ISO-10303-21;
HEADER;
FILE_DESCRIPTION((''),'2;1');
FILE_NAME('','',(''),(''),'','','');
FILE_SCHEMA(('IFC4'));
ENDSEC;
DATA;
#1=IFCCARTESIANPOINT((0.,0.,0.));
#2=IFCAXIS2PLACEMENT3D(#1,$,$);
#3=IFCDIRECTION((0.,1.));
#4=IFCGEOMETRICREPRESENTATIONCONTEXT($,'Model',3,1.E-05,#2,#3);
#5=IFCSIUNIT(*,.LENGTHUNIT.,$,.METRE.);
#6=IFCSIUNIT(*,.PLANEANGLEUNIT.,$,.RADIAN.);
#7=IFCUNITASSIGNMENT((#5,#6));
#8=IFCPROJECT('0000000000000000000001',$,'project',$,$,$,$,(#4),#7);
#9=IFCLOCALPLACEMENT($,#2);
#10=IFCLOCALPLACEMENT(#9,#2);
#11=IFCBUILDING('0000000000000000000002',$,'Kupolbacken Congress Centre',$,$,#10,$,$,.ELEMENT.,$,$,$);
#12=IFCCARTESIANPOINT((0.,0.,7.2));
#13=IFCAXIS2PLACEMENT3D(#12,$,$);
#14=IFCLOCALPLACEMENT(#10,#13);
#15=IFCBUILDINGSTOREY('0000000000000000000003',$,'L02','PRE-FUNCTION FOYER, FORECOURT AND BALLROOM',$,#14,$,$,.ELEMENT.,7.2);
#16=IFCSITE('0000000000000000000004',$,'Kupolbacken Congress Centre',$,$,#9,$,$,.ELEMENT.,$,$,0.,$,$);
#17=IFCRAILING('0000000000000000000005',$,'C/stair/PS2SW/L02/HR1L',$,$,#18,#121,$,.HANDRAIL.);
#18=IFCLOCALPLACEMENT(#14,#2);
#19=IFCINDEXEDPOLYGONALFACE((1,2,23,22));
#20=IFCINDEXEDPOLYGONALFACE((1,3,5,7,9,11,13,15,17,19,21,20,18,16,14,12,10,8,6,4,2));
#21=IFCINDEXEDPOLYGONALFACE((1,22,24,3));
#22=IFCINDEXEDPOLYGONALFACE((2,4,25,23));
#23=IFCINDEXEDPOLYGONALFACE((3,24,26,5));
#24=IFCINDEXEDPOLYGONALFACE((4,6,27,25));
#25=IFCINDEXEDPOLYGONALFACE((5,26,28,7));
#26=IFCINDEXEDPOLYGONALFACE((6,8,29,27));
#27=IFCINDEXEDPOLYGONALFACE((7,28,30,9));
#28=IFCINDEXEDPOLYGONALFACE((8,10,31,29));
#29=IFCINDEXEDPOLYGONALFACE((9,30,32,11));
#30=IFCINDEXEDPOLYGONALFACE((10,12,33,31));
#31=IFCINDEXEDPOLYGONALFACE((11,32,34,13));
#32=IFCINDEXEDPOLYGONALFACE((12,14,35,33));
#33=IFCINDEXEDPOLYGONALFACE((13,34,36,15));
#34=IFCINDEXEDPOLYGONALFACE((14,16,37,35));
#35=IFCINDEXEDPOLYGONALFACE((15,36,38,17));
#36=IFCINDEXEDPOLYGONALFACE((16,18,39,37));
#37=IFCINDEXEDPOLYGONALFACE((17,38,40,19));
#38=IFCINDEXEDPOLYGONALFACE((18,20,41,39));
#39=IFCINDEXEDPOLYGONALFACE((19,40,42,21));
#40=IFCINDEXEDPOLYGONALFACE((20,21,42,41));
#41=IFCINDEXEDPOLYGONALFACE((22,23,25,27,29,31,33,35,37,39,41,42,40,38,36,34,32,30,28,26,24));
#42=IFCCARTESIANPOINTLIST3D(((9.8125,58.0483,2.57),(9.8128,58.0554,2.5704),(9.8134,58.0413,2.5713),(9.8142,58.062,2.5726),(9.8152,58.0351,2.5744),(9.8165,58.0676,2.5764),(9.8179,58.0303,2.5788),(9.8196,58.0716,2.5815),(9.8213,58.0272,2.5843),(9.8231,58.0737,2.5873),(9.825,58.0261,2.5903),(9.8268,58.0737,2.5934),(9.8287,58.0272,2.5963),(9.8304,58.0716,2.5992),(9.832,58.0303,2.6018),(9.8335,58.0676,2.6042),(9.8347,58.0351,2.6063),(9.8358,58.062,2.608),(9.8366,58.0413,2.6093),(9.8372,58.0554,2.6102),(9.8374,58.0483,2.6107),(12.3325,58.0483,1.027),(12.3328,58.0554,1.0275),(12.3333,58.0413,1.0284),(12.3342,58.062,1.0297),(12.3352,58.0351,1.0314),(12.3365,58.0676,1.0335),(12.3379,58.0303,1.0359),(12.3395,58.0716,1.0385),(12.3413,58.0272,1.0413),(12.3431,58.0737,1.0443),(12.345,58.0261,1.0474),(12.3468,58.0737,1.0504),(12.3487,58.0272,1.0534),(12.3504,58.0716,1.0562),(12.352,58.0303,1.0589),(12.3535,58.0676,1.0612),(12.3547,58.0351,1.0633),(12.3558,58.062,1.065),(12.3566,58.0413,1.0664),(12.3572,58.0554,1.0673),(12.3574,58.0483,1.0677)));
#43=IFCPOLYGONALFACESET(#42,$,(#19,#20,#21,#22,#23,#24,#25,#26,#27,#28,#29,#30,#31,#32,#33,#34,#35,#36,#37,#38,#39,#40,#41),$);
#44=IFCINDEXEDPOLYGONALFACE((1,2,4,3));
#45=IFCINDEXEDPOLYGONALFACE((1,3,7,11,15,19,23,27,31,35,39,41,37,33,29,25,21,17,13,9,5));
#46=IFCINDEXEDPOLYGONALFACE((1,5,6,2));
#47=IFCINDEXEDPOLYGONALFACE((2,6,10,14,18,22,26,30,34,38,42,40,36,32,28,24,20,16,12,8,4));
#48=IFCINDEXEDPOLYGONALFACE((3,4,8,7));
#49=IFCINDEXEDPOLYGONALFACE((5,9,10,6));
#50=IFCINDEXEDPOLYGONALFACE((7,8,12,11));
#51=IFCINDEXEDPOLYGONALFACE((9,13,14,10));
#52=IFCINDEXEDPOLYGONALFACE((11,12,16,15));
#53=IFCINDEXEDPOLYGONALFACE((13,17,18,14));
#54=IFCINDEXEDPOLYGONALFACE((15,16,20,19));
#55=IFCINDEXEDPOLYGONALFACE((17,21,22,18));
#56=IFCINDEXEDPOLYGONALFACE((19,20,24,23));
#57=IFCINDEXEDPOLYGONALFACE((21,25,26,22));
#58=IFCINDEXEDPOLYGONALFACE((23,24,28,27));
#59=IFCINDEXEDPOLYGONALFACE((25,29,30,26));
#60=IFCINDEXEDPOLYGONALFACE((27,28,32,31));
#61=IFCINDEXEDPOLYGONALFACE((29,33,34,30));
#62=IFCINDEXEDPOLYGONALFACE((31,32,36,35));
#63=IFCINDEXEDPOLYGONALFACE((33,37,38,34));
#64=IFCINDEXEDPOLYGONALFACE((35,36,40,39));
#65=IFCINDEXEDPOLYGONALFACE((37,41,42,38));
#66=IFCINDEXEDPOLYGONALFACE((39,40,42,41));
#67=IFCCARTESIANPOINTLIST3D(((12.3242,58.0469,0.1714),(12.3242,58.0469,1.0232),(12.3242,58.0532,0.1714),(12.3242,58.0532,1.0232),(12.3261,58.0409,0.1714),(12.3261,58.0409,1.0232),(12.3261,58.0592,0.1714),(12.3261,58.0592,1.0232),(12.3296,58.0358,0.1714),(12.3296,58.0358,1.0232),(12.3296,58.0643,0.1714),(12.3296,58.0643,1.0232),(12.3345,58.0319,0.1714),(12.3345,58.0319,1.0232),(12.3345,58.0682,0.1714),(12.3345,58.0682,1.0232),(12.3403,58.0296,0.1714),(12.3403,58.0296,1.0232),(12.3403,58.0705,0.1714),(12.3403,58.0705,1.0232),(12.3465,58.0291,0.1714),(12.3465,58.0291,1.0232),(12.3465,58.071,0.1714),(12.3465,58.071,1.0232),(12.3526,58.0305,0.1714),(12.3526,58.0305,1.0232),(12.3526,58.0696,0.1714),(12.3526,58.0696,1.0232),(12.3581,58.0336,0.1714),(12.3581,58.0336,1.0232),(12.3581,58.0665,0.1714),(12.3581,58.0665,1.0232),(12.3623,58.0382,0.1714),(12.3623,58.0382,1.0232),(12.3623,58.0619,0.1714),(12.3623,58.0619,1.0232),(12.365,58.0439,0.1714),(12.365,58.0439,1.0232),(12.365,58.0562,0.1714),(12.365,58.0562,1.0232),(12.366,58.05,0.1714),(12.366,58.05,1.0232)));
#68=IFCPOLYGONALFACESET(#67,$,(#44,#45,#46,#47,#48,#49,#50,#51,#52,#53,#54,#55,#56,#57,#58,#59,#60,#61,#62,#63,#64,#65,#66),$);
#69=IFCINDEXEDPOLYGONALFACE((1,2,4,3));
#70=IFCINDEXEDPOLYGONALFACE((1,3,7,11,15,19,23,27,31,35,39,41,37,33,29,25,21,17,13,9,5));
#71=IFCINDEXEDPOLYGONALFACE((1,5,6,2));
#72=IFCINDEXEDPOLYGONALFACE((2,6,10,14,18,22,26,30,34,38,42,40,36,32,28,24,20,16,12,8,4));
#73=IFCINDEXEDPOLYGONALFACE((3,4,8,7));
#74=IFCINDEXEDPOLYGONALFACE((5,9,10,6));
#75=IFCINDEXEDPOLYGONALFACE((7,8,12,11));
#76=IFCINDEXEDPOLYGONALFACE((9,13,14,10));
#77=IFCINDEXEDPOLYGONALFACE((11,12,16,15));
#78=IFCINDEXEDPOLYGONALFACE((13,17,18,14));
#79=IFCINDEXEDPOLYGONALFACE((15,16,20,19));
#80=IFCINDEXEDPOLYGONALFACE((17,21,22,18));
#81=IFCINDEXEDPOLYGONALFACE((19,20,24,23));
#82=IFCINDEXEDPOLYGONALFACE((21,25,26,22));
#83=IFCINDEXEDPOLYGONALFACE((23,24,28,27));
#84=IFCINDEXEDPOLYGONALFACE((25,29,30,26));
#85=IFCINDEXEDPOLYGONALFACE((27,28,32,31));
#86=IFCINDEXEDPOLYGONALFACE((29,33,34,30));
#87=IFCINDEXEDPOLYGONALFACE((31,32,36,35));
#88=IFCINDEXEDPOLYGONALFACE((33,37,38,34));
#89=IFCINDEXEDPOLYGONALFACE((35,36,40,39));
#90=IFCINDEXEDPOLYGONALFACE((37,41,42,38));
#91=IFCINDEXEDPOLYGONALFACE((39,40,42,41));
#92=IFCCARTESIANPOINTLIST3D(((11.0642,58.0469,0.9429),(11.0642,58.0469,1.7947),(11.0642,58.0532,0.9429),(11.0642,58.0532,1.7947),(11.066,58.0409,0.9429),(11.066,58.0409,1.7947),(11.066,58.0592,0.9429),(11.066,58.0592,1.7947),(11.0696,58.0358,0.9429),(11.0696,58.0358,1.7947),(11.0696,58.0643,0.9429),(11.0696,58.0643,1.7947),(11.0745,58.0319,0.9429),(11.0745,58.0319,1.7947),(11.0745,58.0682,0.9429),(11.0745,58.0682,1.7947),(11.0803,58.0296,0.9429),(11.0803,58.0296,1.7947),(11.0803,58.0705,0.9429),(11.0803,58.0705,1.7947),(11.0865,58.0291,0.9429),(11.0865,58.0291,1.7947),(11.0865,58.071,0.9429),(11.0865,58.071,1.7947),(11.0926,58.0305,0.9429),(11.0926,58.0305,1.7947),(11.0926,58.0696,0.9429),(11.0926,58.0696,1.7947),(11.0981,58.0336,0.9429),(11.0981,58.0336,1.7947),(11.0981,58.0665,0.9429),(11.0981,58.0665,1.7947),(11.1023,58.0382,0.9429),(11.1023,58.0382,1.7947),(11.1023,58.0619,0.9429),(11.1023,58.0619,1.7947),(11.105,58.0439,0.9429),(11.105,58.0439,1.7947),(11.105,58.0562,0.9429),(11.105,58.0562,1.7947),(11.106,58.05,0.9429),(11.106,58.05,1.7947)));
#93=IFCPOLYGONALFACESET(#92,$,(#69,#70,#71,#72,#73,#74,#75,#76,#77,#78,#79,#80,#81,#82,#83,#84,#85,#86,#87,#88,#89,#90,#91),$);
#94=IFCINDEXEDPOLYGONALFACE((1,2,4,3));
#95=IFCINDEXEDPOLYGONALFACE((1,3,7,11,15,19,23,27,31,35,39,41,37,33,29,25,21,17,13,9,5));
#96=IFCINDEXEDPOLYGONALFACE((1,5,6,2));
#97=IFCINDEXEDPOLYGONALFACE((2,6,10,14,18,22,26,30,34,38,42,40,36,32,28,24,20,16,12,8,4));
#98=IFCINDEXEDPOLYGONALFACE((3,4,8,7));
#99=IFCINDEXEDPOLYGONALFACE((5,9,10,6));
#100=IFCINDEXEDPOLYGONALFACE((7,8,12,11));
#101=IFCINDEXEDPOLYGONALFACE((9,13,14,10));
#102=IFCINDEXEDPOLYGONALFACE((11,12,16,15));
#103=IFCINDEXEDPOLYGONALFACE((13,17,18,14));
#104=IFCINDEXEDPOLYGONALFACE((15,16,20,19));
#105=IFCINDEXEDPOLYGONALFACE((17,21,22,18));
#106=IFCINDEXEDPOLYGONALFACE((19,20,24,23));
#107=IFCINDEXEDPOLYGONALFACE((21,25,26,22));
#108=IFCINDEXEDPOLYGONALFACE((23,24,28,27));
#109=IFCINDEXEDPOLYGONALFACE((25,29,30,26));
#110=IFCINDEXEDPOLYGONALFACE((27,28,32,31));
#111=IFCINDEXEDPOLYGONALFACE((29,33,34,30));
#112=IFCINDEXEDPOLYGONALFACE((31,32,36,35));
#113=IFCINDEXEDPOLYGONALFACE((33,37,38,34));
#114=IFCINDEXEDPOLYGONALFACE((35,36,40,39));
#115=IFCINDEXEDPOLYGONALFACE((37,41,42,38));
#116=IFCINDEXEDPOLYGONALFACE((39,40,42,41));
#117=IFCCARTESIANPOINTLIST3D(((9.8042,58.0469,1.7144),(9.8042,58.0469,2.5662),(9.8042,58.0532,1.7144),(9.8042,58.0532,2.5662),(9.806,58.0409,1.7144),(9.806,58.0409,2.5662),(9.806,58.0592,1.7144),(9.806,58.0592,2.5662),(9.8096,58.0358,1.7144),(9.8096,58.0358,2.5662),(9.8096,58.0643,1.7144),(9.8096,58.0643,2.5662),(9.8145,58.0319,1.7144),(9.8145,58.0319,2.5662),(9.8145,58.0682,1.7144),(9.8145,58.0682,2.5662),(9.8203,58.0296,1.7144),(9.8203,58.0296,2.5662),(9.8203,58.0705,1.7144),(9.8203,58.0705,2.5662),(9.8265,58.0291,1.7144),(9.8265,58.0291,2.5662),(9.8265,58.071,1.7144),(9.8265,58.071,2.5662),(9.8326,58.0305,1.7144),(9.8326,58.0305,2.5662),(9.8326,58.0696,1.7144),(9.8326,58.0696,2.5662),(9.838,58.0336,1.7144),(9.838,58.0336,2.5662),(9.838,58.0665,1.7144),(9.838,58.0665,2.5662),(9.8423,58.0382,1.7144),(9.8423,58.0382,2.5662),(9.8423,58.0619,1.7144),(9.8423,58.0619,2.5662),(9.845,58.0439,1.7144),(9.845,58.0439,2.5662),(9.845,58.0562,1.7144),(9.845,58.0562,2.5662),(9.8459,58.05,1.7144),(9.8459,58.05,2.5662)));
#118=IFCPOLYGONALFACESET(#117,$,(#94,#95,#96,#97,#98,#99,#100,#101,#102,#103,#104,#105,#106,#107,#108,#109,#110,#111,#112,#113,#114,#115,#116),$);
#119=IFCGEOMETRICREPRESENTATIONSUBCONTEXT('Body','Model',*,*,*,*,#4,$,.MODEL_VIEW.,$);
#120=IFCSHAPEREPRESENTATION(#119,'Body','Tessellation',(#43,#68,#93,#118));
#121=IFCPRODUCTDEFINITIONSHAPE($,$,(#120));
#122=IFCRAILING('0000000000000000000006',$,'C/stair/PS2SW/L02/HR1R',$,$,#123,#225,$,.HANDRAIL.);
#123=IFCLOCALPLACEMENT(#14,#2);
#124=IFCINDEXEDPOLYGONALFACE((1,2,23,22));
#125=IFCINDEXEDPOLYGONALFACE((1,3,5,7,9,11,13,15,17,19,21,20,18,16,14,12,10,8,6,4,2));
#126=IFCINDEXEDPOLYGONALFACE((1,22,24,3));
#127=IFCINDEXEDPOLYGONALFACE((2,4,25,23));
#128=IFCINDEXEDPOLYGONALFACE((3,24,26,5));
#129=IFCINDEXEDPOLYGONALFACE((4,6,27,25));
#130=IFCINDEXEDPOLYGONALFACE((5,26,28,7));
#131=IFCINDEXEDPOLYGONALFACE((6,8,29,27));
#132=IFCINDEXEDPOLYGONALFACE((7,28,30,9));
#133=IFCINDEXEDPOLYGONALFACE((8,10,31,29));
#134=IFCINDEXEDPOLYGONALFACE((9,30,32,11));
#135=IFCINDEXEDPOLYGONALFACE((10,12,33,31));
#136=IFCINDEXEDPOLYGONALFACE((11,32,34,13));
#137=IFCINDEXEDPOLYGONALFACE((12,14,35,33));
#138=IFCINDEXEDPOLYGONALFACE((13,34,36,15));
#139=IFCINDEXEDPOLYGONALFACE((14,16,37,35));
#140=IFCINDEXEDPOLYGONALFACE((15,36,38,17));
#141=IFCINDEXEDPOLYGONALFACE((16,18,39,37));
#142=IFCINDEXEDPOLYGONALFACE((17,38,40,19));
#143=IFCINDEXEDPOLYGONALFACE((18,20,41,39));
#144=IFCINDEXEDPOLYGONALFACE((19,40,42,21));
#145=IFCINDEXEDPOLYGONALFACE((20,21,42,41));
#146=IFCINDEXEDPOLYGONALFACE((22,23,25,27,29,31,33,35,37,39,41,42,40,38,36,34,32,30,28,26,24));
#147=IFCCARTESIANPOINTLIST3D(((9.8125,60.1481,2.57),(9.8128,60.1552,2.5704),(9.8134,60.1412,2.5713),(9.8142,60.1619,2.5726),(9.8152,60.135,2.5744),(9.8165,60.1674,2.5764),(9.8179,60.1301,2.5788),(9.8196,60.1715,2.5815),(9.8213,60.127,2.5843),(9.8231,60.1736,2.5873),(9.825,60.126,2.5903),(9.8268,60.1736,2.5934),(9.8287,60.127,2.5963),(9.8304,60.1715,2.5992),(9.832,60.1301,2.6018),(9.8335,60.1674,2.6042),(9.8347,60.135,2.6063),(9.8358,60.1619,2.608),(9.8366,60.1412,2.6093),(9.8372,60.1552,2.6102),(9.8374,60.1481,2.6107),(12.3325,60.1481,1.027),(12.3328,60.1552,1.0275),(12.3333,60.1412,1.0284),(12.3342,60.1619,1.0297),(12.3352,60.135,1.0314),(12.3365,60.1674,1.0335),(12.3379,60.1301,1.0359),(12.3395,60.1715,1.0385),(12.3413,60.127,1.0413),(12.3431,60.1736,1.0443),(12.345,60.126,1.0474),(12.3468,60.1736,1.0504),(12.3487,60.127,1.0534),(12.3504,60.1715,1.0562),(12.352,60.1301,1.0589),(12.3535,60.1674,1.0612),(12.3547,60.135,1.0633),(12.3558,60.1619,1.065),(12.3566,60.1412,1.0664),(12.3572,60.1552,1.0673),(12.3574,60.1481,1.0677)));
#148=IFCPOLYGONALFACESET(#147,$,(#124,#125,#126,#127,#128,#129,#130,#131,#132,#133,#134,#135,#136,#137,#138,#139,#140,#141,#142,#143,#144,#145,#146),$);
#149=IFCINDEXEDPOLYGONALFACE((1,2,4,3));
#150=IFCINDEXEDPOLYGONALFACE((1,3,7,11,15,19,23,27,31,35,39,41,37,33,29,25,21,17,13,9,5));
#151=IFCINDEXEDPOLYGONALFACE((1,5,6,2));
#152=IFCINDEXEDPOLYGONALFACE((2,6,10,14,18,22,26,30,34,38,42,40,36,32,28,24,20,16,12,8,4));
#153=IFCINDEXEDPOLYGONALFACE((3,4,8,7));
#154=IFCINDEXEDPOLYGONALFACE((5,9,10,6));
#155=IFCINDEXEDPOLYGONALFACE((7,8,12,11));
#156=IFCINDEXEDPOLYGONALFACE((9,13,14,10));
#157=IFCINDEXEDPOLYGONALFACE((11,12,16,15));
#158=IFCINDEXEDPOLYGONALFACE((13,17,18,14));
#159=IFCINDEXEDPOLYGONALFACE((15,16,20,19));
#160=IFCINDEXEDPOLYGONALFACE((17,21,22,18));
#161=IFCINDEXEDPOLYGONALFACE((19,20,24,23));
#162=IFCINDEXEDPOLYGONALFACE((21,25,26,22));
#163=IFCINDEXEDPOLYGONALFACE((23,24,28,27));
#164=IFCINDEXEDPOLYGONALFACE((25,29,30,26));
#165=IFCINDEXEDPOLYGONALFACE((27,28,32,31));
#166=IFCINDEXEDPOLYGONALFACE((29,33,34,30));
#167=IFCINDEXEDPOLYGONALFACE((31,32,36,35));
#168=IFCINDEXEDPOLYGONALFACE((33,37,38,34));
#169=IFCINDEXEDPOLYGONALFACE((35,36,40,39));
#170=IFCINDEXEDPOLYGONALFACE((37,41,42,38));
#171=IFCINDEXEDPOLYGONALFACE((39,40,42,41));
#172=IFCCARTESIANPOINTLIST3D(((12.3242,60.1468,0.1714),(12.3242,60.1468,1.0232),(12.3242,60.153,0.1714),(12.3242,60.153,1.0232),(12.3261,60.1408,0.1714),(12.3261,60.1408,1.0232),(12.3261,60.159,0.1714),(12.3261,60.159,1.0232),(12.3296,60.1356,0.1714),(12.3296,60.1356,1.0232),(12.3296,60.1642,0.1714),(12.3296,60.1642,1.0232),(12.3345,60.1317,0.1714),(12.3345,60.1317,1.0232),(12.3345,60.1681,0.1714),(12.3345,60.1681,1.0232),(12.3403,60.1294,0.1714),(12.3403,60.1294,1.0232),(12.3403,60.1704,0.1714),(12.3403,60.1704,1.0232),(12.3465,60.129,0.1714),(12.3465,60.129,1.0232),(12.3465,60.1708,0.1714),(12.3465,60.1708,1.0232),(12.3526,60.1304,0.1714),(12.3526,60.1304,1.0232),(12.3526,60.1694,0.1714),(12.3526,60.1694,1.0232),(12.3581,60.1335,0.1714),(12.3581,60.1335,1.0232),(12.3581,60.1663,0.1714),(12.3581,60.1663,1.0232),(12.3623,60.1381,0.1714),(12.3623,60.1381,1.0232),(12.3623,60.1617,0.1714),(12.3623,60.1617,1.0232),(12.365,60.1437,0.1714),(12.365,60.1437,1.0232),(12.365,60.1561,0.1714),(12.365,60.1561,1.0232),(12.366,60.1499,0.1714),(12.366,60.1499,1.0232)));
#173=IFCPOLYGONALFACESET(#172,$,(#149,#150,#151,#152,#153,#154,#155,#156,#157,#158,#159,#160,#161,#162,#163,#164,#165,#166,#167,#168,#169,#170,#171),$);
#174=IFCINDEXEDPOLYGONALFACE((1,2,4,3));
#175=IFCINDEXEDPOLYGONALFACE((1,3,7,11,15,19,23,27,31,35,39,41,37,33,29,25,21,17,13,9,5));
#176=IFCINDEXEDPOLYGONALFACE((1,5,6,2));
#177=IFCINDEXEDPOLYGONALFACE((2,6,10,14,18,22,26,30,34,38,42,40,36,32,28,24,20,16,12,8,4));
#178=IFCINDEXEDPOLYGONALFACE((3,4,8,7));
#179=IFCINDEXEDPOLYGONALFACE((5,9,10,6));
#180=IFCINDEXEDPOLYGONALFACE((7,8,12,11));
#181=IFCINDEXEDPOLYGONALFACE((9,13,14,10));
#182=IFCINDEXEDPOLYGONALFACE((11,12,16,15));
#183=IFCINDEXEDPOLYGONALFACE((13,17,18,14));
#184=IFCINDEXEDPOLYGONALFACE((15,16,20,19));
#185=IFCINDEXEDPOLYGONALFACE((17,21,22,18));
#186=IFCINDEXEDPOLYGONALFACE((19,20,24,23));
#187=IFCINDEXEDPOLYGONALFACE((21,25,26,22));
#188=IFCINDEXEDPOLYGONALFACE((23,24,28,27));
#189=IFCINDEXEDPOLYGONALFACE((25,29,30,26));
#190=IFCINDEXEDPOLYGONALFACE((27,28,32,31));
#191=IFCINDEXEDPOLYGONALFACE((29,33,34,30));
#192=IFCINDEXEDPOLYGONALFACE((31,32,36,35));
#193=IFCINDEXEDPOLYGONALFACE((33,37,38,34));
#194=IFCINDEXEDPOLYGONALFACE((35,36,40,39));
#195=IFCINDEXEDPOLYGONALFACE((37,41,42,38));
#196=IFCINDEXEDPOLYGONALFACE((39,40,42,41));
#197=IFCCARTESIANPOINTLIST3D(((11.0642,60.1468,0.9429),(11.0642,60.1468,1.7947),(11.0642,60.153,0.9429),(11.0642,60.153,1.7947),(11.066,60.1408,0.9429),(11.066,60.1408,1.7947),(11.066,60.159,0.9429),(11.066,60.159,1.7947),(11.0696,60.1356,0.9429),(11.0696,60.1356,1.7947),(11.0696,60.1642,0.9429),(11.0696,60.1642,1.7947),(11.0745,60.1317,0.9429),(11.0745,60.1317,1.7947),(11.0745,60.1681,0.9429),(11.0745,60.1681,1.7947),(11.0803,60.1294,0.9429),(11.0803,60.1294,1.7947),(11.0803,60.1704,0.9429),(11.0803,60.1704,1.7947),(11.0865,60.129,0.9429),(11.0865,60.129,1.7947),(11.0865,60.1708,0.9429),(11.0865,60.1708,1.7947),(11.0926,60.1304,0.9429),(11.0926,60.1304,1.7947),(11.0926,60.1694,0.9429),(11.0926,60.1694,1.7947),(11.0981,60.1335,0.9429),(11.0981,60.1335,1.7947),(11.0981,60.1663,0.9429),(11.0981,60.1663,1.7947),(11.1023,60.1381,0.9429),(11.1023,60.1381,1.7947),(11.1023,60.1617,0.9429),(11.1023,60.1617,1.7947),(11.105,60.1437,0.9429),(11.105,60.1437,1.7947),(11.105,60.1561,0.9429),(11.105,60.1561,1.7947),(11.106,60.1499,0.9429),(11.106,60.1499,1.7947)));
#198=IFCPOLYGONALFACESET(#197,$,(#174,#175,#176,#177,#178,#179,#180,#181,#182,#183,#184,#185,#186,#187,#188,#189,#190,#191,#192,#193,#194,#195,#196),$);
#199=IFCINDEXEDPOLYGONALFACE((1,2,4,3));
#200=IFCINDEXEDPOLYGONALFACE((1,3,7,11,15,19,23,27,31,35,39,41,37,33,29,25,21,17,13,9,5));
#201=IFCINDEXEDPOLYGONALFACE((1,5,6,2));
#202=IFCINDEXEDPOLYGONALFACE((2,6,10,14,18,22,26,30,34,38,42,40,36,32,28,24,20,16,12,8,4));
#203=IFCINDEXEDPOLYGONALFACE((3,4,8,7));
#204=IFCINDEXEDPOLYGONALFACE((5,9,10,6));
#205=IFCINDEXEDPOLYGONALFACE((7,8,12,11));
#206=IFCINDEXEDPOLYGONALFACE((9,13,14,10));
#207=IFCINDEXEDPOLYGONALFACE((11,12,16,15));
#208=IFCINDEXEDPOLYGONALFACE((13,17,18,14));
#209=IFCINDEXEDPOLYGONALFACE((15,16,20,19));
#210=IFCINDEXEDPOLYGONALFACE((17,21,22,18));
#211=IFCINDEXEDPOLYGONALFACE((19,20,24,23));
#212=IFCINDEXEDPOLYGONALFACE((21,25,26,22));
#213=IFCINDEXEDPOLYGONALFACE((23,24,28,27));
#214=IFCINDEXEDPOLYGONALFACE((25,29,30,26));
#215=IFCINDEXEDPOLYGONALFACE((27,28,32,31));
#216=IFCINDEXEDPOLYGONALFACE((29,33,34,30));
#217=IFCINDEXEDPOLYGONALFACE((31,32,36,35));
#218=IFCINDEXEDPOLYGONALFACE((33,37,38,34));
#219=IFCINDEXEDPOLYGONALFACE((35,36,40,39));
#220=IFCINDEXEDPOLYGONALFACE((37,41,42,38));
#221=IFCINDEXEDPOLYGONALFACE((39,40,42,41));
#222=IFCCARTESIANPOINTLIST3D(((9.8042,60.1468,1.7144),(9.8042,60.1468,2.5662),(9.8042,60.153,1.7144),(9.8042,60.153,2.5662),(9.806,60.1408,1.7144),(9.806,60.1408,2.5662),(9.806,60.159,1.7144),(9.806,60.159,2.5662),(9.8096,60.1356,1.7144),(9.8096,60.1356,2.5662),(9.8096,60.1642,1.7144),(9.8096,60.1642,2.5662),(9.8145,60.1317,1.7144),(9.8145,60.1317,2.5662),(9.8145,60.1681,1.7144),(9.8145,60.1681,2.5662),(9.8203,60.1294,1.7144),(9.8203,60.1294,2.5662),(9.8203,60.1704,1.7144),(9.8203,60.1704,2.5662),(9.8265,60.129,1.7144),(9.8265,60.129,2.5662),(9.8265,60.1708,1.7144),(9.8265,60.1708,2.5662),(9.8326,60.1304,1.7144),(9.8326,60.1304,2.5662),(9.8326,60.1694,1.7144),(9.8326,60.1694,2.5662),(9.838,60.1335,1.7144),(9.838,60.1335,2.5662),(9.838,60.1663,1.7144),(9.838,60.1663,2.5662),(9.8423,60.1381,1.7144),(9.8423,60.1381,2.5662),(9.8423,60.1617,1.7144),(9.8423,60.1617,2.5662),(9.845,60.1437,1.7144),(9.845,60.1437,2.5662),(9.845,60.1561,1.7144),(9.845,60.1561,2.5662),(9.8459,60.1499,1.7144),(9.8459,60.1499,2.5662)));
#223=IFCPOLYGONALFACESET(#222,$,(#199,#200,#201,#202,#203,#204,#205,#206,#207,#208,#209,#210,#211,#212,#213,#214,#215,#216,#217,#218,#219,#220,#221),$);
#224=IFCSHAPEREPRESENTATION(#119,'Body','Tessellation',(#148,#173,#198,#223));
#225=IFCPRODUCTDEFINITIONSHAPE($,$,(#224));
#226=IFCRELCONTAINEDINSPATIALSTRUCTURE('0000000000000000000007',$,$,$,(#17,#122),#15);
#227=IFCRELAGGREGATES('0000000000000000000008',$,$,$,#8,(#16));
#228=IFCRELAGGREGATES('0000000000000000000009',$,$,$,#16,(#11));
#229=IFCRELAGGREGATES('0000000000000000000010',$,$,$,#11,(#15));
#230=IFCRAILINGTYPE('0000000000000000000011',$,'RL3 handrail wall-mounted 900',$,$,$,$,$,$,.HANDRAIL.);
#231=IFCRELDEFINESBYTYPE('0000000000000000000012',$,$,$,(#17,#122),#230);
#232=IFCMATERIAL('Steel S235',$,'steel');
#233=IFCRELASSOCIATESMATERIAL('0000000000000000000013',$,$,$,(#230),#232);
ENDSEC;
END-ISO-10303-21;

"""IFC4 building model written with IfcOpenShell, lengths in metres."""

from ifc_helpers import new_model, si_unit, direction, frame, origin, origin_2d, place, context, subcontext, project, spatial, circle, extrude, material, type_object, element, save


model = new_model("IFC4")

# Units and contexts
model_context = context("Model", 3, precision=1e-05, world=origin(), true_north=direction((0.0, 1.0)))
body_context = subcontext(model_context, "Body", "Model", "MODEL_VIEW")
ifc_project = project(units=[si_unit("LENGTHUNIT", "METRE"), si_unit("PLANEANGLEUNIT", "RADIAN")], contexts=[model_context])

# Site, building, storey
site_placement = place(None, origin())
site = spatial("IfcSite", under=ifc_project, at=site_placement, Name="Kupolbacken Congress Centre", CompositionType="ELEMENT", RefElevation=0.0)
building_placement = place(site_placement, origin())
building = spatial("IfcBuilding", under=site, at=building_placement, Name="Kupolbacken Congress Centre", CompositionType="ELEMENT")
storey_placement = place(building_placement, frame((0.0, 0.0, 7.2)))
storey = spatial("IfcBuildingStorey", under=building, at=storey_placement, Name="L02", Description="PRE-FUNCTION FOYER, FORECOURT AND BALLROOM", CompositionType="ELEMENT", Elevation=7.2)

# Railings
ifc_material_1 = material(Name="Steel S235", Category="steel")
railing_type = type_object("IfcRailingType", Name="RL3 handrail wall-mounted 900", PredefinedType="HANDRAIL", material=ifc_material_1)
for number, where, name in (
    (1, (12.345, 58.05, 0.1714), "C/stair/PS2SW/L02/HR1L"),
    (2, (12.345, 60.1499, 0.1714), "C/stair/PS2SW/L02/HR1R"),
):
    element("IfcRailing", number, at=place(storey_placement, frame(where)), inside=storey, type_object=railing_type, Name=name, PredefinedType="HANDRAIL", context=body_context, shape_type="SweptSolid", body=[
        extrude(circle(Radius=0.0239, at=origin_2d()), frame((0.0, 0.0, 0.876), z_axis=(-0.852836, 0.0, 0.522178), x_axis=(0.0, -1.0, 0.0)), (0.0, 0.0, 1.0), 2.9548),
        extrude(circle(Radius=0.021, at=origin_2d()), origin(), (0.0, 0.0, 1.0), 0.8518),
        extrude(circle(Radius=0.021, at=origin_2d()), frame((-1.26, 0.0, 0.7715)), (0.0, 0.0, 1.0), 0.8518),
        extrude(circle(Radius=0.021, at=origin_2d()), frame((-2.52, 0.0, 1.543)), (0.0, 0.0, 1.0), 0.8518),
    ])

save(model, "model.ifc")
